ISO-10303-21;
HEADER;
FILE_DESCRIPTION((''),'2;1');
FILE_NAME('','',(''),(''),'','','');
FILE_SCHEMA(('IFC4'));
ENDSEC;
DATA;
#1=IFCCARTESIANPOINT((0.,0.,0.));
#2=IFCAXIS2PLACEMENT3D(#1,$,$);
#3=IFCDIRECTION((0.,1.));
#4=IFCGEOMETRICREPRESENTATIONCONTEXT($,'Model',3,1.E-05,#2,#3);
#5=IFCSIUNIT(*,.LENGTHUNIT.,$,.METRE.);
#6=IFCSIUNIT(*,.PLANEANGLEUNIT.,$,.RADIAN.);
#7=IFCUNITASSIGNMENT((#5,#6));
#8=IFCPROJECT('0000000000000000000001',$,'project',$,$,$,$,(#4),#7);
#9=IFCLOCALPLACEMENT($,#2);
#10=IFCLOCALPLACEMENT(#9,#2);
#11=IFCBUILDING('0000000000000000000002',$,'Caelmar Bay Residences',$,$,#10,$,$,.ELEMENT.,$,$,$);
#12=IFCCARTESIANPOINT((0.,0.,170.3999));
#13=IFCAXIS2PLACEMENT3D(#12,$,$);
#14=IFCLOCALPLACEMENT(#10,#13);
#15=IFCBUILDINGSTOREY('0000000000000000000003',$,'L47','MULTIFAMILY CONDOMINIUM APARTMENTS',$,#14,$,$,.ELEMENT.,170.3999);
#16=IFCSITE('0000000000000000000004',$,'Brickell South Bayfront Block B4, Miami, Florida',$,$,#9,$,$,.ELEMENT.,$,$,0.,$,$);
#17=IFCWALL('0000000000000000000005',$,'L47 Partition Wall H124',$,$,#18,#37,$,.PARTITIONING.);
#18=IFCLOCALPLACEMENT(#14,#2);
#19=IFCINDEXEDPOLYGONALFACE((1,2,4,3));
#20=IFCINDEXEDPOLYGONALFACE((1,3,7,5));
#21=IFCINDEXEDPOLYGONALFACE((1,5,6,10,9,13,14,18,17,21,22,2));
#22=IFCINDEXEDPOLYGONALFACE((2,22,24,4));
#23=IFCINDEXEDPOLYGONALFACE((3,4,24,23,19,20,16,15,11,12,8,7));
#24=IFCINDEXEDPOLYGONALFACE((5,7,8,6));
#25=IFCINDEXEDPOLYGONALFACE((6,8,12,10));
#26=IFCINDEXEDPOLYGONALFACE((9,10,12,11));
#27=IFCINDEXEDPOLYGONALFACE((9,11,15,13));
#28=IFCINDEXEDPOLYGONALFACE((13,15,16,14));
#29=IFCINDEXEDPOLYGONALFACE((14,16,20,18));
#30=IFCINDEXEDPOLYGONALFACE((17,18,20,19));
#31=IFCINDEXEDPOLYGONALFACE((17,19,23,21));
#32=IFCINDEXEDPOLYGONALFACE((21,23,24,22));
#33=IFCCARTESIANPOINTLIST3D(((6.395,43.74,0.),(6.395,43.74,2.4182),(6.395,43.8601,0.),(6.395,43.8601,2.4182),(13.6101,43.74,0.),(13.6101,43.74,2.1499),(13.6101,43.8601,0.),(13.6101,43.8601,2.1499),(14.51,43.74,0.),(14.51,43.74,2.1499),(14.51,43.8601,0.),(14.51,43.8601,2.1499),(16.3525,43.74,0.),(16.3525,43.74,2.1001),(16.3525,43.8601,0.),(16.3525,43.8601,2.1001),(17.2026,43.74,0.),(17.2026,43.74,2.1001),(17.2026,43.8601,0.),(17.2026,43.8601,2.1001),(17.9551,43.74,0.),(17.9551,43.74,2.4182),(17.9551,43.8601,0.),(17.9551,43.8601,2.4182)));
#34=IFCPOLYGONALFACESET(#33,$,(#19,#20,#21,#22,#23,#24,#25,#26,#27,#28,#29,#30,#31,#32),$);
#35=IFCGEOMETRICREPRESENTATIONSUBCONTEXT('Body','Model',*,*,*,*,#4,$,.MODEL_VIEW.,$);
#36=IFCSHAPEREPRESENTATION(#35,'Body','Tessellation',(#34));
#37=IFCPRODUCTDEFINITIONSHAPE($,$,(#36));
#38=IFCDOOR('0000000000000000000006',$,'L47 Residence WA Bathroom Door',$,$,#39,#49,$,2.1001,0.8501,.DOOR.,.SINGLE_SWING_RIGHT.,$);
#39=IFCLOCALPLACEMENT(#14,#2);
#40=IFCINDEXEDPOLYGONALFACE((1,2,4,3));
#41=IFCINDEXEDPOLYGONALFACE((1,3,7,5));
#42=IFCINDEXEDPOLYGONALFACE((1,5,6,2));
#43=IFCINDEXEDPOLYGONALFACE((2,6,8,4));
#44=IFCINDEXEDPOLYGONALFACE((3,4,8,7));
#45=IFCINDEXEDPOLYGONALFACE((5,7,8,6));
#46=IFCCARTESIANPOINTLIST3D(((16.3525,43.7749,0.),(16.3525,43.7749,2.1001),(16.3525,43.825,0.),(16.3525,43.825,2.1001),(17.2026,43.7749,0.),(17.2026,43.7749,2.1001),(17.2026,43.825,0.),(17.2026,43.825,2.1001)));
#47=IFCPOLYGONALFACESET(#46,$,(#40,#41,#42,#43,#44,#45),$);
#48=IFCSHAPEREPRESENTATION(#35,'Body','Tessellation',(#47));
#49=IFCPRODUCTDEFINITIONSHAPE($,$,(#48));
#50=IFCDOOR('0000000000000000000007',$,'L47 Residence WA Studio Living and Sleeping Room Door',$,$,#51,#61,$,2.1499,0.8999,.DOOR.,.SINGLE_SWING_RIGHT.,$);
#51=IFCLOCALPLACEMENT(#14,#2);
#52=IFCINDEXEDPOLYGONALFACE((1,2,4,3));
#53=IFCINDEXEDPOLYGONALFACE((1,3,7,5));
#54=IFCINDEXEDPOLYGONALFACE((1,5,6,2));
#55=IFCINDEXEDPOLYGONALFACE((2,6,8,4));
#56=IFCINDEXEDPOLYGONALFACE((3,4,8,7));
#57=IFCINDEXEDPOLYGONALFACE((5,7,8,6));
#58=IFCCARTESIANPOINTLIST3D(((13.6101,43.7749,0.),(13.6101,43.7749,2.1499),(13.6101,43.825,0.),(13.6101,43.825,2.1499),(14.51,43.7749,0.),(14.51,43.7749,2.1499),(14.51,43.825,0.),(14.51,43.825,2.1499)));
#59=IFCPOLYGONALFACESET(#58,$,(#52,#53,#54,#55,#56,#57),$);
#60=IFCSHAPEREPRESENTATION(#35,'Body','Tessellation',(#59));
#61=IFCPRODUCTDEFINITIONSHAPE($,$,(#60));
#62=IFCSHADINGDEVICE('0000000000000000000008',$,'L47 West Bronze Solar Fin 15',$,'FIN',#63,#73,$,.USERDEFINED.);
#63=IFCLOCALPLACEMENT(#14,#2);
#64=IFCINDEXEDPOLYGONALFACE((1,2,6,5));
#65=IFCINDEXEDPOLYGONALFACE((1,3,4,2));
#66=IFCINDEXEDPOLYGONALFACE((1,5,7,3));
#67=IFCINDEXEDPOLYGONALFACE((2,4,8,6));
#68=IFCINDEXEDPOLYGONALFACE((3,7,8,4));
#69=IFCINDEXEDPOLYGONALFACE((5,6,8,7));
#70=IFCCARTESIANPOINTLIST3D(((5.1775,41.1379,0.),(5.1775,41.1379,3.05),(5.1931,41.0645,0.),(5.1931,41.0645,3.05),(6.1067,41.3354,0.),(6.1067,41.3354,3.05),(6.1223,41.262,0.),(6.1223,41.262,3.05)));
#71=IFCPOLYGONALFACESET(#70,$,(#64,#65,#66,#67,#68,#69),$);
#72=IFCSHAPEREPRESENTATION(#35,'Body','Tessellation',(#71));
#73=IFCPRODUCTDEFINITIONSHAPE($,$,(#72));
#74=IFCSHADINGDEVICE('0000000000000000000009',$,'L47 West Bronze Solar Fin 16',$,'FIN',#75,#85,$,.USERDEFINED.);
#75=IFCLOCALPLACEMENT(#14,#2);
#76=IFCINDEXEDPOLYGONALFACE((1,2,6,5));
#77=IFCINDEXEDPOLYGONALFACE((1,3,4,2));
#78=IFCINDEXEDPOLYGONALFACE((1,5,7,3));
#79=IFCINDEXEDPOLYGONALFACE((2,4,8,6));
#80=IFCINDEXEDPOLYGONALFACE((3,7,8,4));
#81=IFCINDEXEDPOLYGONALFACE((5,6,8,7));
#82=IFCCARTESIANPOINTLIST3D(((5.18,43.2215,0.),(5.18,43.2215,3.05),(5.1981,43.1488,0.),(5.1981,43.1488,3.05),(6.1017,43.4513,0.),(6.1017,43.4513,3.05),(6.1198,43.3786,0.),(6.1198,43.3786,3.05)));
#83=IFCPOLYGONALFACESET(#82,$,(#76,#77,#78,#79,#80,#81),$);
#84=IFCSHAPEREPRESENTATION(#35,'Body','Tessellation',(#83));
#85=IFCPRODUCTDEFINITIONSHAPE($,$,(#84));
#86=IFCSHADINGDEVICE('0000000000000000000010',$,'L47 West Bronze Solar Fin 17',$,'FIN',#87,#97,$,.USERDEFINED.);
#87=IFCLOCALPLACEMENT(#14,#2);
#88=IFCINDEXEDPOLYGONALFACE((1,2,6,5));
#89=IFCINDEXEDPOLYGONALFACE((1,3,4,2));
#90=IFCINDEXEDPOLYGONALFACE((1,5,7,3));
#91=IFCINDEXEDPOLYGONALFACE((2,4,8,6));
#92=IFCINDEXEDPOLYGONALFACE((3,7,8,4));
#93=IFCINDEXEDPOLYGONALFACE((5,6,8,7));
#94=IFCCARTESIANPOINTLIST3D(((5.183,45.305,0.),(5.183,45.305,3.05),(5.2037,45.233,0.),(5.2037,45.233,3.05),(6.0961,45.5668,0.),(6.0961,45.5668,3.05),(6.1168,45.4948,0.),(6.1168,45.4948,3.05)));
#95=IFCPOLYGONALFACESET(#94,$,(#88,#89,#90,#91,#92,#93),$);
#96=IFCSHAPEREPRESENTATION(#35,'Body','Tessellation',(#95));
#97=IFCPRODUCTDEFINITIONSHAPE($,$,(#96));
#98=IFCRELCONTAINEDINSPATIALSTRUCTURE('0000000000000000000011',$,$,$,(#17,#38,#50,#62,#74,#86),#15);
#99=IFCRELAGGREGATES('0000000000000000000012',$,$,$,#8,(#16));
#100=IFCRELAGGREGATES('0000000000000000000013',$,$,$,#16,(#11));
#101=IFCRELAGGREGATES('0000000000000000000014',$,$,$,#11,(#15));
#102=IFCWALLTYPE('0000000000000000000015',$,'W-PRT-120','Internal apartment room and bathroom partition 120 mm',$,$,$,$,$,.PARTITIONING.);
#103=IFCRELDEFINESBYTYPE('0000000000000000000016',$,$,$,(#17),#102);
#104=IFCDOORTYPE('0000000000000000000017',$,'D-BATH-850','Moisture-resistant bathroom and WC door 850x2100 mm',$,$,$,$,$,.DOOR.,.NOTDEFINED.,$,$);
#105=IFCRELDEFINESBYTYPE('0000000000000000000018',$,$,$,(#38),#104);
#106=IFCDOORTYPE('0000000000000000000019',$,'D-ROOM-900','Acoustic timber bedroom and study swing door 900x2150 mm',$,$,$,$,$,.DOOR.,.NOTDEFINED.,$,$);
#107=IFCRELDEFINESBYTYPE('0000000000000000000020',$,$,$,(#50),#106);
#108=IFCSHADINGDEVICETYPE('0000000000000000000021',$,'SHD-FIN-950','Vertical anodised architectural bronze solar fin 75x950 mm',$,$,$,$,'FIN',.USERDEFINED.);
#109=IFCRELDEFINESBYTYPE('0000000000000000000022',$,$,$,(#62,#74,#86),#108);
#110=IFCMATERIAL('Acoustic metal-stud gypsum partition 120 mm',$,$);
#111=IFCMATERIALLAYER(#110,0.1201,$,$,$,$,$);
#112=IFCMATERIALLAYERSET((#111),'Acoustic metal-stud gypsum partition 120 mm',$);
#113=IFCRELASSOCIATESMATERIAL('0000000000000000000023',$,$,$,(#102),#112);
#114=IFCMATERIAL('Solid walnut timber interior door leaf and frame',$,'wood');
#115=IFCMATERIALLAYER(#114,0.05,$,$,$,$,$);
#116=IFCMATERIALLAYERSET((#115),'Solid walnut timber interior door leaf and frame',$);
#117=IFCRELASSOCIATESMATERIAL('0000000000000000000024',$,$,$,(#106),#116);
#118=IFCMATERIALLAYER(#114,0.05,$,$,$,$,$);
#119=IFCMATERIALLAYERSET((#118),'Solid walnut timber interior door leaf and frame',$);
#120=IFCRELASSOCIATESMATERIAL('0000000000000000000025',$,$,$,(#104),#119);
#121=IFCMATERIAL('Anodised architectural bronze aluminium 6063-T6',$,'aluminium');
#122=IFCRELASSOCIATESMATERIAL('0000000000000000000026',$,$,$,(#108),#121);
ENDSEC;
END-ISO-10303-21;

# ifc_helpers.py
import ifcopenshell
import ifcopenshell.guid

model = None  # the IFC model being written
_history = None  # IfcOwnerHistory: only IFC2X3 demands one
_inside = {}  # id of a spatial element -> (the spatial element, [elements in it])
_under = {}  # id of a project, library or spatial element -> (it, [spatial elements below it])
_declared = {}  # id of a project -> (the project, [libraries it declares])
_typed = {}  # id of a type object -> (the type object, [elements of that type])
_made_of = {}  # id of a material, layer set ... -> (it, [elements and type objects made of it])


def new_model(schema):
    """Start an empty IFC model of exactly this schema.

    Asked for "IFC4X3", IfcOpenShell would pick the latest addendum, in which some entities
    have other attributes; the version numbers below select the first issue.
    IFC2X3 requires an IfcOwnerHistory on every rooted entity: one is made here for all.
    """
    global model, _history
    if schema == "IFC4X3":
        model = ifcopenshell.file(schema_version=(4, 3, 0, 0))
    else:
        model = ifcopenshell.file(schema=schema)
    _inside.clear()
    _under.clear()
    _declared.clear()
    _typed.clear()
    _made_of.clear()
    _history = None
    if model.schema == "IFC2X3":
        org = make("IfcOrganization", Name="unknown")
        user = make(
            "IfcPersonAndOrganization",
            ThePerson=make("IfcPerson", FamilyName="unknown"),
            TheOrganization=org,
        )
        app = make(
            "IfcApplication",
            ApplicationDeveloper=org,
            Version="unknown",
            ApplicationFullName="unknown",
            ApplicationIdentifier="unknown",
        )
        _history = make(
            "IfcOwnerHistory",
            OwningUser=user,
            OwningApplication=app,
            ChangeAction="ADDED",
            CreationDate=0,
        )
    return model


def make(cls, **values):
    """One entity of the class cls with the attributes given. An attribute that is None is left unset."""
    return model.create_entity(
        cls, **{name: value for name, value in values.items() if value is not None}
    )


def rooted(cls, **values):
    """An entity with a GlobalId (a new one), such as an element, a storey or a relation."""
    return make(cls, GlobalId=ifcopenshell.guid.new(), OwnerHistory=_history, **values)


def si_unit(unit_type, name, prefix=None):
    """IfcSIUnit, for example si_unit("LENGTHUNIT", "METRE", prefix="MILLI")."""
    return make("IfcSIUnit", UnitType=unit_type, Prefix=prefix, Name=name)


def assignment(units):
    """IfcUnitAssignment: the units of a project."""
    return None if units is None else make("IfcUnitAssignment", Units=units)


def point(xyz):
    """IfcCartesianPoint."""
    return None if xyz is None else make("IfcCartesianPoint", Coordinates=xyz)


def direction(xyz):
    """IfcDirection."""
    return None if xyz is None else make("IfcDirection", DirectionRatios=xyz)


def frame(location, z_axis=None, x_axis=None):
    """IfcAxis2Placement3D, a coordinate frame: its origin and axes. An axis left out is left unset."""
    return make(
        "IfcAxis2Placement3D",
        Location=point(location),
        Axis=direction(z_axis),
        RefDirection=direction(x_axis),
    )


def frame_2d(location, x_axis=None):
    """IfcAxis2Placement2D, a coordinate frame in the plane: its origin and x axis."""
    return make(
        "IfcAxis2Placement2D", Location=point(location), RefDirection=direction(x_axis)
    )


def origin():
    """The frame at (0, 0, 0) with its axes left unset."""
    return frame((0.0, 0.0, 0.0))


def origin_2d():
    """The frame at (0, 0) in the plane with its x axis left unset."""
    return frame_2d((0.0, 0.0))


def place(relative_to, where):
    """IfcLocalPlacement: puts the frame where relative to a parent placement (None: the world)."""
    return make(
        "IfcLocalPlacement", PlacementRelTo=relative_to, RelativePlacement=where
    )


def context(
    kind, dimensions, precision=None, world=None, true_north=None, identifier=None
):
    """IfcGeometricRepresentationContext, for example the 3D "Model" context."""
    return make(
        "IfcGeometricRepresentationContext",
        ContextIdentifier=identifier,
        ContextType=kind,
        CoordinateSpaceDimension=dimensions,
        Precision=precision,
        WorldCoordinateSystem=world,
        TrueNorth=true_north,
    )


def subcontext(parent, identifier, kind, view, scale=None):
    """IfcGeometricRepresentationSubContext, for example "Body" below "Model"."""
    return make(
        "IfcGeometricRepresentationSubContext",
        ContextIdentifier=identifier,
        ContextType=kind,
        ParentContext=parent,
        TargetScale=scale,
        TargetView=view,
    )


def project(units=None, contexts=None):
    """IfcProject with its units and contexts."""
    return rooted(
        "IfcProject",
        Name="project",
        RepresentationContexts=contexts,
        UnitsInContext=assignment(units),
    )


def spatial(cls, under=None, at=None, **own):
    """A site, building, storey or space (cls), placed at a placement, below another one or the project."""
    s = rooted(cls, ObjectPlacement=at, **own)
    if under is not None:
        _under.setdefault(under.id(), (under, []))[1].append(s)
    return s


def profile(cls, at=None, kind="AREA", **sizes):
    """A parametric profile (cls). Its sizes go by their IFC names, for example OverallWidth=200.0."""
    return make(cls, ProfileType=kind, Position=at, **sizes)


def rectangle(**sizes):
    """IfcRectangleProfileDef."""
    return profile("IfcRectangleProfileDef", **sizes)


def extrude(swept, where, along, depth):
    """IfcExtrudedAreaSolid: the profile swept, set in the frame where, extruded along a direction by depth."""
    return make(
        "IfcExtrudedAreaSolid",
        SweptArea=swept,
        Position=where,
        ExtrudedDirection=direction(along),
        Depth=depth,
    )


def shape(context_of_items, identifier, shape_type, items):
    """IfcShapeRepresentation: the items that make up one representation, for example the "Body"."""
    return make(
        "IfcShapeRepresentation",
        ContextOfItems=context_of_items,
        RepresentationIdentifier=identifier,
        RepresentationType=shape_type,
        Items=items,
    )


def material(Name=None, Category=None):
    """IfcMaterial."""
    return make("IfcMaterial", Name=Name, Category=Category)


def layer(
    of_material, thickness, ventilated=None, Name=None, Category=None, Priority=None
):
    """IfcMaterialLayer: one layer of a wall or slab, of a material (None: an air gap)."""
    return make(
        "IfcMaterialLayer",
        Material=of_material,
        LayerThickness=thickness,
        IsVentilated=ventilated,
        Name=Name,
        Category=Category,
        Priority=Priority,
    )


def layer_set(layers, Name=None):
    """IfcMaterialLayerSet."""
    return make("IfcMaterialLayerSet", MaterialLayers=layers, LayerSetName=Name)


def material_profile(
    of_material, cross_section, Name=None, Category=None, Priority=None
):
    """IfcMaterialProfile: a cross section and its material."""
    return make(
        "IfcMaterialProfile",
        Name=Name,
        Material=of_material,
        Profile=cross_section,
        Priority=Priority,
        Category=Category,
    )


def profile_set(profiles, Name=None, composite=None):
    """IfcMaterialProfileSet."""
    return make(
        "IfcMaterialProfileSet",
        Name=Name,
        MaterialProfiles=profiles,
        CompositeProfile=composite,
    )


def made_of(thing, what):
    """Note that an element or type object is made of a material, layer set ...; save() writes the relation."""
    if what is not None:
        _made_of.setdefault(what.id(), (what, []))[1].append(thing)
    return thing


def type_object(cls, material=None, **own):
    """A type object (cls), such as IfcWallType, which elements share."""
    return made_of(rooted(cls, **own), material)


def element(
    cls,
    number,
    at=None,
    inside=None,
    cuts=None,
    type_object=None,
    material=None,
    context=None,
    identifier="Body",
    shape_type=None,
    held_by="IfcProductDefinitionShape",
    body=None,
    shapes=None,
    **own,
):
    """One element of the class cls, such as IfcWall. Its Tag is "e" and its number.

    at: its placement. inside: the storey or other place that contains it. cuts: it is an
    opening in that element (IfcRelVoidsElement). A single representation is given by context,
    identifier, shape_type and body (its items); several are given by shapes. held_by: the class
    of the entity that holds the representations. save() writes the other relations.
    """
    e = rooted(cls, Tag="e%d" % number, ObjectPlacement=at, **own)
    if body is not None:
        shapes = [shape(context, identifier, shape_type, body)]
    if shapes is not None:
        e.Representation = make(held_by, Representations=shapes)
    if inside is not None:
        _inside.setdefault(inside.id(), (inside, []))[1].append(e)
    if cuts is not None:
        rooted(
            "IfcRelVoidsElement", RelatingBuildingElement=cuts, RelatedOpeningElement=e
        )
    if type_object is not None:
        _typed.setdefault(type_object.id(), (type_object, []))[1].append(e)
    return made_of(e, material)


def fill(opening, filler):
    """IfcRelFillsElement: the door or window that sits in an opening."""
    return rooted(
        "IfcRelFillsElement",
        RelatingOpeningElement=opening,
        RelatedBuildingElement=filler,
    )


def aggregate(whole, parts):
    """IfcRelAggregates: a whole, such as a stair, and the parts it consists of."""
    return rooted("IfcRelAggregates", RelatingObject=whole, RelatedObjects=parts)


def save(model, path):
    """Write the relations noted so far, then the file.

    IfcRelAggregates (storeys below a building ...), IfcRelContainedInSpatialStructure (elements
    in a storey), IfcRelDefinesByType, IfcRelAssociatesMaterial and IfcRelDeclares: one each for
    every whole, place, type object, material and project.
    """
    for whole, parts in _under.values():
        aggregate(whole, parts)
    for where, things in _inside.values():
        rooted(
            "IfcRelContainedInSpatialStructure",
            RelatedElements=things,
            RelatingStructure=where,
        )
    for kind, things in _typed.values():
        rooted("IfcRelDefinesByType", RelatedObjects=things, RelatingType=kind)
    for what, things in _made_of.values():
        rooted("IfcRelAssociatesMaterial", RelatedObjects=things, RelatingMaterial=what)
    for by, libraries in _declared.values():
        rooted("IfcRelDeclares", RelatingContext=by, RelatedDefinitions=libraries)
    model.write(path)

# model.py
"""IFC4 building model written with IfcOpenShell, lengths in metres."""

from ifc_helpers import new_model, si_unit, direction, frame, frame_2d, origin, origin_2d, place, context, subcontext, project, spatial, rectangle, extrude, material, layer, layer_set, material_profile, profile_set, type_object, element, fill, save


model = new_model("IFC4")

# Units and contexts
model_context = context("Model", 3, precision=1e-05, world=origin(), true_north=direction((0.0, 1.0)))
body_context = subcontext(model_context, "Body", "Model", "MODEL_VIEW")
ifc_project = project(units=[si_unit("LENGTHUNIT", "METRE"), si_unit("PLANEANGLEUNIT", "RADIAN")], contexts=[model_context])

# Site, building, storey
site_placement = place(None, origin())
site = spatial("IfcSite", under=ifc_project, at=site_placement, Name="Brickell South Bayfront Block B4, Miami, Florida", CompositionType="ELEMENT", RefElevation=0.0)
building_placement = place(site_placement, origin())
building = spatial("IfcBuilding", under=site, at=building_placement, Name="Caelmar Bay Residences", CompositionType="ELEMENT")
storey_placement = place(building_placement, frame((0.0, 0.0, 170.3999)))
storey = spatial("IfcBuildingStorey", under=building, at=storey_placement, Name="L47", Description="MULTIFAMILY CONDOMINIUM APARTMENTS", CompositionType="ELEMENT", Elevation=170.3999)

# Shared definitions
ifc_material_1 = material(Name="Acoustic metal-stud gypsum partition 120 mm")
ifc_layer_1 = layer(ifc_material_1, 0.1201)
ifc_layer_set_1 = layer_set([ifc_layer_1], Name="Acoustic metal-stud gypsum partition 120 mm")
wall_type_1 = type_object("IfcWallType", Name="W-PRT-120", Description="Internal apartment room and bathroom partition 120 mm", PredefinedType="PARTITIONING", material=ifc_layer_set_1)
ifc_material_2 = material(Name="Solid walnut timber interior door leaf and frame", Category="wood")
ifc_layer_2 = layer(ifc_material_2, 0.05)
ifc_layer_set_2 = layer_set([ifc_layer_2], Name="Solid walnut timber interior door leaf and frame")
door_type_1 = type_object("IfcDoorType", Name="D-ROOM-900", Description="Acoustic timber bedroom and study swing door 900x2150 mm", OperationType="NOTDEFINED", PredefinedType="DOOR", material=ifc_layer_set_2)

# Wall, openings, doors
wall_1_placement = place(storey_placement, frame((6.395, 43.8, 0.0), z_axis=(0.0, 0.0, 1.0), x_axis=(1.0, 0.0, 0.0)))
wall_1 = element("IfcWall", 1, at=wall_1_placement, inside=storey, type_object=wall_type_1, Name="L47 Partition Wall H124", PredefinedType="PARTITIONING", context=body_context, shape_type="SweptSolid", body=[
    extrude(rectangle(XDim=11.5601, YDim=0.1201, at=frame_2d((5.78, 0.0))), origin(), (0.0, 0.0, 1.0), 2.4182),
])
opening_1_placement = place(wall_1_placement, frame((7.2151, 0.0, 0.0)))
opening_1 = element("IfcOpeningElement", 2, at=opening_1_placement, cuts=wall_1, PredefinedType="OPENING", context=body_context, shape_type="SweptSolid", body=[
    extrude(rectangle(XDim=0.8999, YDim=2.1499, at=frame_2d((0.45, 1.075))), frame((0.0, 0.0701, 0.0), z_axis=(0.0, -1.0, 0.0), x_axis=(1.0, 0.0, 0.0)), (0.0, 0.0, 1.0), 0.1401),
])
opening_2_placement = place(wall_1_placement, frame((9.9575, 0.0, 0.0)))
opening_2 = element("IfcOpeningElement", 3, at=opening_2_placement, cuts=wall_1, PredefinedType="OPENING", context=body_context, shape_type="SweptSolid", body=[
    extrude(rectangle(XDim=0.8501, YDim=2.1001, at=frame_2d((0.425, 1.05))), frame((0.0, 0.0701, 0.0), z_axis=(0.0, -1.0, 0.0), x_axis=(1.0, 0.0, 0.0)), (0.0, 0.0, 1.0), 0.1401),
])
ifc_layer_3 = layer(ifc_material_2, 0.05)
ifc_layer_set_3 = layer_set([ifc_layer_3], Name="Solid walnut timber interior door leaf and frame")
door_type_2 = type_object("IfcDoorType", Name="D-BATH-850", Description="Moisture-resistant bathroom and WC door 850x2100 mm", OperationType="NOTDEFINED", PredefinedType="DOOR", material=ifc_layer_set_3)
door_1_placement = place(opening_2_placement, origin())
door_1 = element("IfcDoor", 4, at=door_1_placement, inside=storey, type_object=door_type_2, Name="L47 Residence WA Bathroom Door", OperationType="SINGLE_SWING_RIGHT", OverallHeight=2.1001, OverallWidth=0.8501, PredefinedType="DOOR", context=body_context, shape_type="SweptSolid", body=[
    extrude(rectangle(XDim=0.8501, YDim=2.1001, at=frame_2d((0.425, 1.05))), frame((0.0, 0.0249, 0.0), z_axis=(0.0, -1.0, 0.0), x_axis=(1.0, 0.0, 0.0)), (0.0, 0.0, 1.0), 0.05),
])
fill(opening_2, door_1)
door_2_placement = place(opening_1_placement, origin())
door_2 = element("IfcDoor", 5, at=door_2_placement, inside=storey, type_object=door_type_1, Name="L47 Residence WA Studio Living and Sleeping Room Door", OperationType="SINGLE_SWING_RIGHT", OverallHeight=2.1499, OverallWidth=0.8999, PredefinedType="DOOR", context=body_context, shape_type="SweptSolid", body=[
    extrude(rectangle(XDim=0.8999, YDim=2.1499, at=frame_2d((0.45, 1.075))), frame((0.0, 0.0249, 0.0), z_axis=(0.0, -1.0, 0.0), x_axis=(1.0, 0.0, 0.0)), (0.0, 0.0, 1.0), 0.05),
])
fill(opening_1, door_2)

# Shading devices
ifc_material_3 = material(Name="Anodised architectural bronze aluminium 6063-T6", Category="aluminium")
ifc_material_profile_1 = material_profile(ifc_material_3, rectangle(XDim=0.075, YDim=0.95, at=origin_2d()), Name="BRONZE-FIN-75X950")
ifc_profile_set_1 = profile_set([ifc_material_profile_1], Name="Anodised architectural bronze aluminium 6063-T6")
shading_device_type = type_object("IfcShadingDeviceType", Name="SHD-FIN-950", Description="Vertical anodised architectural bronze solar fin 75x950 mm", ElementType="FIN", PredefinedType="USERDEFINED", material=ifc_profile_set_1)
for number, where, z_axis, x_axis, name in (
    (6, (5.6499, 41.2, 0.0), (0.0, 0.0, 1.0), (-0.207912, 0.978148, 0.0), "L47 West Bronze Solar Fin 15"),
    (7, (5.6499, 43.3, 0.0), (0.0, 0.0, 1.0), (-0.241922, 0.970296, 0.0), "L47 West Bronze Solar Fin 16"),
    (8, (5.6499, 45.3999, 0.0), (0.0, 0.0, 1.0), (-0.275637, 0.961262, 0.0), "L47 West Bronze Solar Fin 17"),
):
    element("IfcShadingDevice", number, at=place(storey_placement, frame(where, z_axis=z_axis, x_axis=x_axis)), inside=storey, type_object=shading_device_type, Name=name, ObjectType="FIN", PredefinedType="USERDEFINED", context=body_context, shape_type="SweptSolid", body=[
        extrude(rectangle(XDim=0.075, YDim=0.95, at=origin_2d()), origin(), (0.0, 0.0, 1.0), 3.05),
    ])

save(model, "model.ifc")
